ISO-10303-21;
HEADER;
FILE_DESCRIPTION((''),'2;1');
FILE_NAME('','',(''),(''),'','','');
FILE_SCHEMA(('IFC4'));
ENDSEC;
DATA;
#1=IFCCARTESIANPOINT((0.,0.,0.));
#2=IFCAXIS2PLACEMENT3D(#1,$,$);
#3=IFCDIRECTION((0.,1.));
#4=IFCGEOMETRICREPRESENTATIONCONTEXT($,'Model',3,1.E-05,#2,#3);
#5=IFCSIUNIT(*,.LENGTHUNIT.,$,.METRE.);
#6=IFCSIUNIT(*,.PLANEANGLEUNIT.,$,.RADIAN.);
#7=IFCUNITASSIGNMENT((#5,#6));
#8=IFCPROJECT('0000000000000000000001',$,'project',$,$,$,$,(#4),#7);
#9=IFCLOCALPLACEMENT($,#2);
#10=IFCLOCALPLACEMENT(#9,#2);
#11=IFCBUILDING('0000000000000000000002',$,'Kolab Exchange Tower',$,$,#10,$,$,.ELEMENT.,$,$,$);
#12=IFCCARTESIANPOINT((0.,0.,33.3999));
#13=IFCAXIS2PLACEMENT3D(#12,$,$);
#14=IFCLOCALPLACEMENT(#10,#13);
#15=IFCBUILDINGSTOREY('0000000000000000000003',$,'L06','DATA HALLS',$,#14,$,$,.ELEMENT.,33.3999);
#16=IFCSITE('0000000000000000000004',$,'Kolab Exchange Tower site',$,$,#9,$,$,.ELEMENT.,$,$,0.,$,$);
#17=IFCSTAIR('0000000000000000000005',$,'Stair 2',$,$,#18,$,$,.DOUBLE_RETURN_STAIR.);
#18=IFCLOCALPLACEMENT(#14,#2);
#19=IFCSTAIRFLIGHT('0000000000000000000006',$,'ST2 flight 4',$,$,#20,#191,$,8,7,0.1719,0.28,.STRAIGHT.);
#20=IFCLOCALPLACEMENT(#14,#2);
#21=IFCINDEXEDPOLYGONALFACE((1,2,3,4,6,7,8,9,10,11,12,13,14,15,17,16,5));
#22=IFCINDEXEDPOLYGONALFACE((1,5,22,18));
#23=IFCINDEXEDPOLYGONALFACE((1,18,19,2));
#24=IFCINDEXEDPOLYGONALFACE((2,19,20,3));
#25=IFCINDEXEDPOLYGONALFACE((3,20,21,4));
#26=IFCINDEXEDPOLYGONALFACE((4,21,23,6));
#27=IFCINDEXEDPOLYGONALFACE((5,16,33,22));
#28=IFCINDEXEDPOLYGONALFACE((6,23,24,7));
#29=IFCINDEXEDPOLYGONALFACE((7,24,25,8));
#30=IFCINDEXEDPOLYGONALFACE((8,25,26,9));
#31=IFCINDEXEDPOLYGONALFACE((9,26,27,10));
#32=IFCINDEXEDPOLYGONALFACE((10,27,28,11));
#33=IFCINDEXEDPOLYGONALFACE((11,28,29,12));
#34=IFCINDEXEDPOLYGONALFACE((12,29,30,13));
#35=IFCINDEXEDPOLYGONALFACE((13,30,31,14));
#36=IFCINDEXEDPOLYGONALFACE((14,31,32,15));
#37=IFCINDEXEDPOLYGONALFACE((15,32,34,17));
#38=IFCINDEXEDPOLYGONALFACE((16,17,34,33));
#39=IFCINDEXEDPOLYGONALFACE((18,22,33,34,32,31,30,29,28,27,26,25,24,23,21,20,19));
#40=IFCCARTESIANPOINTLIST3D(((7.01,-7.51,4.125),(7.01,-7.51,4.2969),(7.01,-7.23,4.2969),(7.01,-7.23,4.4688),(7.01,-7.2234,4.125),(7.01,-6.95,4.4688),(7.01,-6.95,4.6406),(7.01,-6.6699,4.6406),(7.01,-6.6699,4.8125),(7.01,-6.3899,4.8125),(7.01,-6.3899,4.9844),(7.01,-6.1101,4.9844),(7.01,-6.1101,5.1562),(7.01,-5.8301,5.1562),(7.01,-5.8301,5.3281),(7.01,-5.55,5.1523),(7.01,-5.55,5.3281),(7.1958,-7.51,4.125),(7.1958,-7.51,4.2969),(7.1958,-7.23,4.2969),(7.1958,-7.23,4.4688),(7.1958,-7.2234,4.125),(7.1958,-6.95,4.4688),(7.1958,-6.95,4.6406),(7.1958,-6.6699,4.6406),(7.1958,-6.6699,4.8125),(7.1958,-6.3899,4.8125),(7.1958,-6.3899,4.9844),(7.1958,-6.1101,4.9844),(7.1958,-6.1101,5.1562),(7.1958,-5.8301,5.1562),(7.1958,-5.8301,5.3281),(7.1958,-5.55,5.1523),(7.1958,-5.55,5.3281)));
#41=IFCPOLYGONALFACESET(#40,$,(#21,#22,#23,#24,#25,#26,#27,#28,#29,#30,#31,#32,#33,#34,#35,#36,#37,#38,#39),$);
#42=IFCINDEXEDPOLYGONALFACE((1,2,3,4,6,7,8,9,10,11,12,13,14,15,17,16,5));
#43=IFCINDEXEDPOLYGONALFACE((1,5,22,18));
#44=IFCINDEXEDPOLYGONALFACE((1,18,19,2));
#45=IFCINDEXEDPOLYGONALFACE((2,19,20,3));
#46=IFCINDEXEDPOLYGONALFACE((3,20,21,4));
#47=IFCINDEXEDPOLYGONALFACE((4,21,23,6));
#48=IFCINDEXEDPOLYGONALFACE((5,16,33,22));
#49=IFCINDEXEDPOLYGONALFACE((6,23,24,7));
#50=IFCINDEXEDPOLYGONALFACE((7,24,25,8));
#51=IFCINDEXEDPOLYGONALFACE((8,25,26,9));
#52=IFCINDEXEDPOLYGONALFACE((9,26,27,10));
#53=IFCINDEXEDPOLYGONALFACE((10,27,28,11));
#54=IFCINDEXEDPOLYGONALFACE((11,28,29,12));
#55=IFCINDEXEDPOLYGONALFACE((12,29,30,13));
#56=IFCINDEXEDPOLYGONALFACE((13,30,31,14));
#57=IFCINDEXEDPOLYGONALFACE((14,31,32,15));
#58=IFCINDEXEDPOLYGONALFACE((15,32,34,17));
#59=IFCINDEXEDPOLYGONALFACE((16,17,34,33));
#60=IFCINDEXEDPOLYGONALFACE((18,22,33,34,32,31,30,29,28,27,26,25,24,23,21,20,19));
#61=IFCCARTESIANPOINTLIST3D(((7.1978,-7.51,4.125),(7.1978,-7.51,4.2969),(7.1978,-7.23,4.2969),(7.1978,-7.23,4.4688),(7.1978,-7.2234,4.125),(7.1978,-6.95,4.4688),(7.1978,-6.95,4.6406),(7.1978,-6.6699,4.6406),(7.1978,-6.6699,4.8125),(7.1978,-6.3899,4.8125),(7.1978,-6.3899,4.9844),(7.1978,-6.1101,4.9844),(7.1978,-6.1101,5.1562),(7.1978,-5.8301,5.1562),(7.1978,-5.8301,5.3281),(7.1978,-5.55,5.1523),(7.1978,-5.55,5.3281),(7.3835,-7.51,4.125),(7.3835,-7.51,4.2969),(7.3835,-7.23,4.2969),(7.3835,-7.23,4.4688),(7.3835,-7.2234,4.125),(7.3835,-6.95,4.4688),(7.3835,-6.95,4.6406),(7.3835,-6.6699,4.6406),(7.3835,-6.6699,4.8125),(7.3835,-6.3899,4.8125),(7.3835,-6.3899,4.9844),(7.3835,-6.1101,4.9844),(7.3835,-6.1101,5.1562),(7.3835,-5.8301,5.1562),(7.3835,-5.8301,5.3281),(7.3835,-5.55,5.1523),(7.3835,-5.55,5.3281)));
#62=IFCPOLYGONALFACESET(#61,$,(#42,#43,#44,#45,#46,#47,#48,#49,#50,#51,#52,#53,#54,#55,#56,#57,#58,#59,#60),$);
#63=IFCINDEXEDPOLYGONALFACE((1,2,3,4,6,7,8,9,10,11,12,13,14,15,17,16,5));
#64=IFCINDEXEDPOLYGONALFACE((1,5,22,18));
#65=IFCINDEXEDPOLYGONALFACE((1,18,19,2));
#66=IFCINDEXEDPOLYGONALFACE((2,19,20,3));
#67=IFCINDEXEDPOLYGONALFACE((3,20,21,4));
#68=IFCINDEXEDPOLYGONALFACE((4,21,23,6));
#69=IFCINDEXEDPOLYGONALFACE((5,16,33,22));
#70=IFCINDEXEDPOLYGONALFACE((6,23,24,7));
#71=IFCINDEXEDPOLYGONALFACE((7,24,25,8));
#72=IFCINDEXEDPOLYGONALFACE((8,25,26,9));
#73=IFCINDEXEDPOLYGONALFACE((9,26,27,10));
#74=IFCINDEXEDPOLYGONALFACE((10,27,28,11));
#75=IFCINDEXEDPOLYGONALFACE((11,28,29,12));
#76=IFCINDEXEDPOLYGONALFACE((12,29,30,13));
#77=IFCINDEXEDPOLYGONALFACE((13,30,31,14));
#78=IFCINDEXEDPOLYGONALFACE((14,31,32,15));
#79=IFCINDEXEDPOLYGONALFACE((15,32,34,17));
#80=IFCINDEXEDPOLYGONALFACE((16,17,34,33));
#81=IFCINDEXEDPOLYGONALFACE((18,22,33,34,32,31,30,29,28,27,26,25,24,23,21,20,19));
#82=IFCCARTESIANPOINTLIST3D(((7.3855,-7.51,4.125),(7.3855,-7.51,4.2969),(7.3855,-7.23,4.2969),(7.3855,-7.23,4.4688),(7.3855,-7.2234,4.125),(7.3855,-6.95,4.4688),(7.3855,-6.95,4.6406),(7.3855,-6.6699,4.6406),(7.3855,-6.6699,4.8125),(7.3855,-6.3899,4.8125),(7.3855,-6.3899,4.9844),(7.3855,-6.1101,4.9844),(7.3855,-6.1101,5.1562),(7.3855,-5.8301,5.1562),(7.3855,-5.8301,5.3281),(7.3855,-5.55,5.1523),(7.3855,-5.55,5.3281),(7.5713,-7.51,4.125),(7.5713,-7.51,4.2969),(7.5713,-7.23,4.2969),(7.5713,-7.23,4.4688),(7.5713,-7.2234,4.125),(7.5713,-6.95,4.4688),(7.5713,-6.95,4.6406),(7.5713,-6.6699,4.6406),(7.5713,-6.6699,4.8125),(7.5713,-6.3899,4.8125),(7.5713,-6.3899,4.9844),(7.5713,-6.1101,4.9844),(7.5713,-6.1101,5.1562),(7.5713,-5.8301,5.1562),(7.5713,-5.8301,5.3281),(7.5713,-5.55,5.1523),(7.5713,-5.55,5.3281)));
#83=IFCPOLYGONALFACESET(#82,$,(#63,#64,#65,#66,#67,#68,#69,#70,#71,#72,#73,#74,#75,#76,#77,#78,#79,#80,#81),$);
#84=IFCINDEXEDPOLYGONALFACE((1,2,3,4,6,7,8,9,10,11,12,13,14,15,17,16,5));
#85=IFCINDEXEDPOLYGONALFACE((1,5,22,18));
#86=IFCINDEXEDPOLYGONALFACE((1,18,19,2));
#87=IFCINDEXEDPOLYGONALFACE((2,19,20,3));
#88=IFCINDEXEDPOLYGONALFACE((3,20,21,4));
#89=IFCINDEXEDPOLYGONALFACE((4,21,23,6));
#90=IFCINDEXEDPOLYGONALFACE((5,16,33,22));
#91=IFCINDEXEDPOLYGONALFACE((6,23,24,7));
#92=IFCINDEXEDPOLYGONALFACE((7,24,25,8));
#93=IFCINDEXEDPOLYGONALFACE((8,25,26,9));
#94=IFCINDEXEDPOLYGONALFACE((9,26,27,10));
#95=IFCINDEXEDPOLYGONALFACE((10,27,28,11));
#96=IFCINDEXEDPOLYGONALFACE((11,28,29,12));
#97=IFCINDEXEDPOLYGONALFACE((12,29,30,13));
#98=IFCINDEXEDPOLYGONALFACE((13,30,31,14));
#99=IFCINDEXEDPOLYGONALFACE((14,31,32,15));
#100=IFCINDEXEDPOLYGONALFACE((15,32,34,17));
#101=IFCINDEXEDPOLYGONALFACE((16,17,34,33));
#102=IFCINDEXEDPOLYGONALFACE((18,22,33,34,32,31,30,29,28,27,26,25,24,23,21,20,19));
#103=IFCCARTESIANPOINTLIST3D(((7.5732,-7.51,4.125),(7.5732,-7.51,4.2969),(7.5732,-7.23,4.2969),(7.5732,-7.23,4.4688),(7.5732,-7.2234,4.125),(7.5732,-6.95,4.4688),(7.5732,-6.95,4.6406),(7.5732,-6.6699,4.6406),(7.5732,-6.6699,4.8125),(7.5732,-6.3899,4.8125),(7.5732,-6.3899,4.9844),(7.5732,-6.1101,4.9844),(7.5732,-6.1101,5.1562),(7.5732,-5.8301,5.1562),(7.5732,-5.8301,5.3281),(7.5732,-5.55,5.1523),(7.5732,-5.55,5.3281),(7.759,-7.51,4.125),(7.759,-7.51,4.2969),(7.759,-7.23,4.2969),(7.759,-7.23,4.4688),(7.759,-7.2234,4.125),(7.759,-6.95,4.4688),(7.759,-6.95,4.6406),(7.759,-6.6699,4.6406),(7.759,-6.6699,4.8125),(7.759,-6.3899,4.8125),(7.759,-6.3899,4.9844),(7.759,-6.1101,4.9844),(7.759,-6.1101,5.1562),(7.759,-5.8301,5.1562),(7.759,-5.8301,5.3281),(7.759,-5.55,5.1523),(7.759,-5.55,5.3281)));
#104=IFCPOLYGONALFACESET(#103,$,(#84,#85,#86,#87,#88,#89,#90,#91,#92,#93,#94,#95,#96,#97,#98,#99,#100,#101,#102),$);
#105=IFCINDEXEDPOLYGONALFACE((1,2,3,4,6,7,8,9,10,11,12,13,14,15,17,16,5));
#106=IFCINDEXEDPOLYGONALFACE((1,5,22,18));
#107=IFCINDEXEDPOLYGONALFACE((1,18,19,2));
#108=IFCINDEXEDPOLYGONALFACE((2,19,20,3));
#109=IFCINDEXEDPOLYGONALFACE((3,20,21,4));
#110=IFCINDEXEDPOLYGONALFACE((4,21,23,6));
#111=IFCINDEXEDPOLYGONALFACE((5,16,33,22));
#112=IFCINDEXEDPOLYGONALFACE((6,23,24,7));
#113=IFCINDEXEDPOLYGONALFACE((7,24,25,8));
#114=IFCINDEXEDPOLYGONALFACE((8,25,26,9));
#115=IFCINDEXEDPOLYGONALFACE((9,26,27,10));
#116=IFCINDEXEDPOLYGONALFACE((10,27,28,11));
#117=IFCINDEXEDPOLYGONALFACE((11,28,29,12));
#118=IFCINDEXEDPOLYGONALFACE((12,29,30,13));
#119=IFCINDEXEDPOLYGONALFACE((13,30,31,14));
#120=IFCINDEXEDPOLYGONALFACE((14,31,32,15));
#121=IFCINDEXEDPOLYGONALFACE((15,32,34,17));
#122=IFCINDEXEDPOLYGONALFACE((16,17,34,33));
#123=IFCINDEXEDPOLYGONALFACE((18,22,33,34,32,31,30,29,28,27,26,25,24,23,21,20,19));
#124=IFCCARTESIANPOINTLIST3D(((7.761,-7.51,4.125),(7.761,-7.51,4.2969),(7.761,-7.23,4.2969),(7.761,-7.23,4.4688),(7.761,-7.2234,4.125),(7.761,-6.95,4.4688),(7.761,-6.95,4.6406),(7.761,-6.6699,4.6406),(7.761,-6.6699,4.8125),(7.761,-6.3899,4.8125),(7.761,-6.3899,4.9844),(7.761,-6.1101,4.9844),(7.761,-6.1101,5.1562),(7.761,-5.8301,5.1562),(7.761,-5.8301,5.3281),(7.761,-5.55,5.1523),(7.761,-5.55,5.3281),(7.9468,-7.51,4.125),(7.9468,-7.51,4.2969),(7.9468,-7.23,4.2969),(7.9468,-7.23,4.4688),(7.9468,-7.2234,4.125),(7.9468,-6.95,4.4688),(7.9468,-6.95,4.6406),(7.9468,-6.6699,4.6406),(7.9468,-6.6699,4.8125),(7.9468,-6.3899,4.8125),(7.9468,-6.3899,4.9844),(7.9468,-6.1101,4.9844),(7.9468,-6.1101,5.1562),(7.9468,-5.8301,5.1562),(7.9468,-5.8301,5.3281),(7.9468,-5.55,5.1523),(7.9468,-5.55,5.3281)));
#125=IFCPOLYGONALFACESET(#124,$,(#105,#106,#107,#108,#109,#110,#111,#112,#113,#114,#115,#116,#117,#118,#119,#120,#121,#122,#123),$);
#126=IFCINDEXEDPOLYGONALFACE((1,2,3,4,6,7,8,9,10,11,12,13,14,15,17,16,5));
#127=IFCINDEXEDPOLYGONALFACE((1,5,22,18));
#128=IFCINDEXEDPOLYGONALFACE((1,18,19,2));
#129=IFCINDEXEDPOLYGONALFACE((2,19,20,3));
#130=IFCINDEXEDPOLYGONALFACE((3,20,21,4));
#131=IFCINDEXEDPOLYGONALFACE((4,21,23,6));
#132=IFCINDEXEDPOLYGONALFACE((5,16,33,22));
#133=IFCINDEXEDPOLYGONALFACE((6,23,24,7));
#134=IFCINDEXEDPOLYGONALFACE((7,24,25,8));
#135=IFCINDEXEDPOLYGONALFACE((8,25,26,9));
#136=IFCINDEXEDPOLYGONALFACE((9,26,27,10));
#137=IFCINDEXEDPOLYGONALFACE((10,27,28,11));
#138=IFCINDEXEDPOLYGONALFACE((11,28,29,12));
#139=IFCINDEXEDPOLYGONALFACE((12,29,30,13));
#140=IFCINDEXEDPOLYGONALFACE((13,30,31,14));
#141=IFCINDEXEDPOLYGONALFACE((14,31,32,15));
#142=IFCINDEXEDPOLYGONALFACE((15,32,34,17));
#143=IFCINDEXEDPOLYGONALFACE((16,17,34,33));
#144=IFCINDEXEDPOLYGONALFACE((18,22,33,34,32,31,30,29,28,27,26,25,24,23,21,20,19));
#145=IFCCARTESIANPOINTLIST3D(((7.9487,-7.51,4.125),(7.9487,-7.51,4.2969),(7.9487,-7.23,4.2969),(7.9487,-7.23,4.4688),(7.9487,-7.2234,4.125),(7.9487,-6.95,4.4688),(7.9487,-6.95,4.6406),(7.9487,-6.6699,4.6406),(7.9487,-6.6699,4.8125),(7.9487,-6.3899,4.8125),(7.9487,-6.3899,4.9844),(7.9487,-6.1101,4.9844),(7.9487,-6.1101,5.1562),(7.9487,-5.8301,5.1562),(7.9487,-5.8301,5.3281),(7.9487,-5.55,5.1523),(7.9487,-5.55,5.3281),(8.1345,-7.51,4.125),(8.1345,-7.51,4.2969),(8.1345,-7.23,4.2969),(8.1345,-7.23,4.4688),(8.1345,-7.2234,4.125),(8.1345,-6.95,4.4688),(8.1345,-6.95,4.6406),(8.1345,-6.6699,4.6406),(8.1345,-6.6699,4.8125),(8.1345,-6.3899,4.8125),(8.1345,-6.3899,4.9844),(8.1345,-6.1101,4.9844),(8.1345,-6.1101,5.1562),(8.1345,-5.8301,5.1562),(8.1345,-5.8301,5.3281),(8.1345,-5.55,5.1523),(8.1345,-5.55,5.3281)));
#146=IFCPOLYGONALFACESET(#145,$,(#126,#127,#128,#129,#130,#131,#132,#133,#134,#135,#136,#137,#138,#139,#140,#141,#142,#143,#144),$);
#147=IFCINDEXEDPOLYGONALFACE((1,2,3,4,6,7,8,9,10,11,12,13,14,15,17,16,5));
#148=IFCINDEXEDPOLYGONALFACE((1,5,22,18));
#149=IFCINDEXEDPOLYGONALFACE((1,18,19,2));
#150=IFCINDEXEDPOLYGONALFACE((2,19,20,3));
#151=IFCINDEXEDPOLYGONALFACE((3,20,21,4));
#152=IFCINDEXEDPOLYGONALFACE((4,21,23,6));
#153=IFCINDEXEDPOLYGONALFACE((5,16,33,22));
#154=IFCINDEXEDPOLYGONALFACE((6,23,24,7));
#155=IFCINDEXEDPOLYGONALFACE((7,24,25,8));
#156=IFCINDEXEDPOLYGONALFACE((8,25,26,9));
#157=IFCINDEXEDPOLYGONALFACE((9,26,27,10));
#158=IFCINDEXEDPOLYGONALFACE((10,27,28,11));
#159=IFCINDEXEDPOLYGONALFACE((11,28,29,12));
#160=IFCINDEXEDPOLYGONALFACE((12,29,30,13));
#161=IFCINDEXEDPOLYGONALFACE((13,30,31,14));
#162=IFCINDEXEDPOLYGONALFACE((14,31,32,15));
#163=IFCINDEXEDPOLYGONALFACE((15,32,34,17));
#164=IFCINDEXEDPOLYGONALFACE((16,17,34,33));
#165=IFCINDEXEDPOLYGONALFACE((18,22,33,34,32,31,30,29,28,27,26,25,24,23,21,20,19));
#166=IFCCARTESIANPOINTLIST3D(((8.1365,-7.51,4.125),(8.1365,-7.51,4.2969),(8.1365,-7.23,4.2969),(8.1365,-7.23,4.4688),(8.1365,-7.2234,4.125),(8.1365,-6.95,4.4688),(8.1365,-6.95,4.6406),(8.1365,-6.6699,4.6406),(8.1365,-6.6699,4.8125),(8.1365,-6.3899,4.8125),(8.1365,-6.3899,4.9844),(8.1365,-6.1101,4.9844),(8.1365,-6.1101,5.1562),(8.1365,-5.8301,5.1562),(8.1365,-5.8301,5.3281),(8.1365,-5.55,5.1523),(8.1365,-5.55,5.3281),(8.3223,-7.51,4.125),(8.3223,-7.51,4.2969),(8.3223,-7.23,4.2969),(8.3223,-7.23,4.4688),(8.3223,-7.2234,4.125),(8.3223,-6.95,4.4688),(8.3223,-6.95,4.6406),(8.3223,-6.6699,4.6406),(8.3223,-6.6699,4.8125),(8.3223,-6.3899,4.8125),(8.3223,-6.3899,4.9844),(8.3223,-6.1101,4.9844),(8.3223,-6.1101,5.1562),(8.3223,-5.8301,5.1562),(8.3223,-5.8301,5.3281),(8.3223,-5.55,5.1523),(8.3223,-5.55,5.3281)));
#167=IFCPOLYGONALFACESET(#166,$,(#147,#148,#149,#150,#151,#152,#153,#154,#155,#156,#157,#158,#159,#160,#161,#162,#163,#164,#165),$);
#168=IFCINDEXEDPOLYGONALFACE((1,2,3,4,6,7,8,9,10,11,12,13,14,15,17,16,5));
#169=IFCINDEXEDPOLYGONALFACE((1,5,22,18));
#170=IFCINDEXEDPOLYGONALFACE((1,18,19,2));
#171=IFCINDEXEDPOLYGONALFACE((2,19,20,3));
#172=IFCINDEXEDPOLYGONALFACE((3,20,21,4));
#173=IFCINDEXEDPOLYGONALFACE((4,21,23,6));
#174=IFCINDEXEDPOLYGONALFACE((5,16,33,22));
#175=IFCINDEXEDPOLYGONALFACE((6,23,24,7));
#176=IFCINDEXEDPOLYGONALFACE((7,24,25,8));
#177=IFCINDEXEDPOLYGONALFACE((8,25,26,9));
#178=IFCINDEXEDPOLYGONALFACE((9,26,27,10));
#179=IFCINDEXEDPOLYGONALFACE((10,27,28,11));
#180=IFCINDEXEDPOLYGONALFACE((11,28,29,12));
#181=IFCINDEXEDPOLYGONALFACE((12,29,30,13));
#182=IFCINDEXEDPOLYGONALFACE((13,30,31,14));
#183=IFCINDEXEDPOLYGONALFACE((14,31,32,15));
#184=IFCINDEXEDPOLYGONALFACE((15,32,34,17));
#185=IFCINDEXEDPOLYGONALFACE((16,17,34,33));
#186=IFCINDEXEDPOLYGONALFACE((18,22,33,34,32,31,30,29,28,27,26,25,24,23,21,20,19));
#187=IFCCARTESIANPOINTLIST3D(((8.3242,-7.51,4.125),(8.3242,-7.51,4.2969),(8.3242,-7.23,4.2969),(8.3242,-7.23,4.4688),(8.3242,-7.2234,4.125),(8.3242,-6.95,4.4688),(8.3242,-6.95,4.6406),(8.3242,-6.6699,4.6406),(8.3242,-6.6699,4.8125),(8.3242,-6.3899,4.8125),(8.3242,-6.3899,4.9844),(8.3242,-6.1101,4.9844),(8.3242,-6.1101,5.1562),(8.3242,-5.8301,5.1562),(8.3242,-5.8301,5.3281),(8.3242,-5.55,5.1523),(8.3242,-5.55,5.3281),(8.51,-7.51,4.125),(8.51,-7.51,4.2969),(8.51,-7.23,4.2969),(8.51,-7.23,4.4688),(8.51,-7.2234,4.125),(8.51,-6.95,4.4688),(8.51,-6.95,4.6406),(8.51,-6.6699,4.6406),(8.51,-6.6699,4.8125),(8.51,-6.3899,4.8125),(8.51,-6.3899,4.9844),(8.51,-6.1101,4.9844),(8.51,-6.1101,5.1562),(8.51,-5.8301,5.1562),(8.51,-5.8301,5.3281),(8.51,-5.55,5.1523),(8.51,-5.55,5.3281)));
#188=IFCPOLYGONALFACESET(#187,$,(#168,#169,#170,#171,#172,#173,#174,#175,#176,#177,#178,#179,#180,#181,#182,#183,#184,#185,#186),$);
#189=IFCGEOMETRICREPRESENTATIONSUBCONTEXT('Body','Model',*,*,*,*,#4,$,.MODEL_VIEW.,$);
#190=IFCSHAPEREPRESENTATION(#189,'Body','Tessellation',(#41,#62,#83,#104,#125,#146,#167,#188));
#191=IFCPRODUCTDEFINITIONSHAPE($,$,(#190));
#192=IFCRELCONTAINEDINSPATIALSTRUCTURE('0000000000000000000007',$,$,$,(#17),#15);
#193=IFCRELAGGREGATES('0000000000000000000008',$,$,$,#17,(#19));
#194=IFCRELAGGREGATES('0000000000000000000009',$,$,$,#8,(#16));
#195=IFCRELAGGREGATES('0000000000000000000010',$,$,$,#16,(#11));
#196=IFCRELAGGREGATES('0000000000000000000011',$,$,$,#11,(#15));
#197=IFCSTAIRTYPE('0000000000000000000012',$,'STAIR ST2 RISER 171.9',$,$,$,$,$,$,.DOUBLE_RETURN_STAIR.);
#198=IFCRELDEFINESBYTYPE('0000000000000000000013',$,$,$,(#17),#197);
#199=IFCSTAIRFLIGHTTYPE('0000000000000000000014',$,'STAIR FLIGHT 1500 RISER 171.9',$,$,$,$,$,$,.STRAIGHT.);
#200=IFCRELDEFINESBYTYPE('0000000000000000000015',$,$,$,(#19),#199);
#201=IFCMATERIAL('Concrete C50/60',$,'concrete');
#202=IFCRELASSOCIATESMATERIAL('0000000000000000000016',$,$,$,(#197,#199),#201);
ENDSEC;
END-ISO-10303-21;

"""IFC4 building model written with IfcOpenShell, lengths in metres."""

from ifc_helpers import new_model, si_unit, direction, frame, origin, place, context, subcontext, project, spatial, polyline, outline, extrude, material, type_object, element, aggregate, save


model = new_model("IFC4")

# Units and contexts
model_context = context("Model", 3, precision=1e-05, world=origin(), true_north=direction((0.0, 1.0)))
body_context = subcontext(model_context, "Body", "Model", "MODEL_VIEW")
ifc_project = project(units=[si_unit("LENGTHUNIT", "METRE"), si_unit("PLANEANGLEUNIT", "RADIAN")], contexts=[model_context])

# Site, building, storey
site_placement = place(None, origin())
site = spatial("IfcSite", under=ifc_project, at=site_placement, Name="Kolab Exchange Tower site", CompositionType="ELEMENT", RefElevation=0.0)
building_placement = place(site_placement, origin())
building = spatial("IfcBuilding", under=site, at=building_placement, Name="Kolab Exchange Tower", CompositionType="ELEMENT")
storey_placement = place(building_placement, frame((0.0, 0.0, 33.3999)))
storey = spatial("IfcBuildingStorey", under=building, at=storey_placement, Name="L06", Description="DATA HALLS", CompositionType="ELEMENT", Elevation=33.3999)

# Stair
ifc_material_1 = material(Name="Concrete C50/60", Category="concrete")
stair_type_1 = type_object("IfcStairType", Name="STAIR ST2 RISER 171.9", PredefinedType="DOUBLE_RETURN_STAIR", material=ifc_material_1)
stair_1_placement = place(storey_placement, origin())
stair_1 = element("IfcStair", 1, at=stair_1_placement, inside=storey, type_object=stair_type_1, Name="Stair 2", PredefinedType="DOUBLE_RETURN_STAIR")

# Stair flight
stair_flight_type = type_object("IfcStairFlightType", Name="STAIR FLIGHT 1500 RISER 171.9", PredefinedType="STRAIGHT", material=ifc_material_1)
stair_flight_1_placement = place(storey_placement, frame((7.76, -7.51, 4.125), z_axis=(0.0, 0.0, 1.0), x_axis=(0.0, 1.0, 0.0)))
stair_flight_1 = element("IfcStairFlight", 2, at=stair_flight_1_placement, type_object=stair_flight_type, Name="ST2 flight 4", NumberOfRisers=8, NumberOfTreads=7, PredefinedType="STRAIGHT", RiserHeight=0.1719, TreadLength=0.28, context=body_context, shape_type="SweptSolid", body=[
    extrude(outline(polyline([(0.0, 0.0), (0.0, 0.1719), (0.28, 0.1719), (0.28, 0.3438), (0.5601, 0.3438), (0.5601, 0.5156), (0.8401, 0.5156), (0.8401, 0.6875), (1.1201, 0.6875), (1.1201, 0.8594), (1.3999, 0.8594), (1.3999, 1.0312), (1.6799, 1.0312), (1.6799, 1.2031), (1.96, 1.2031), (1.96, 1.375), (1.96, 1.0273), (0.2866, 0.0), (0.0, 0.0)])), frame((0.0, 0.75, 0.0), z_axis=(0.0, -1.0, 0.0), x_axis=(1.0, 0.0, 0.0)), (0.0, 0.0, 1.0), 0.1858),
    extrude(outline(polyline([(0.0, 0.0), (0.0, 0.1719), (0.28, 0.1719), (0.28, 0.3438), (0.5601, 0.3438), (0.5601, 0.5156), (0.8401, 0.5156), (0.8401, 0.6875), (1.1201, 0.6875), (1.1201, 0.8594), (1.3999, 0.8594), (1.3999, 1.0312), (1.6799, 1.0312), (1.6799, 1.2031), (1.96, 1.2031), (1.96, 1.375), (1.96, 1.0273), (0.2866, 0.0), (0.0, 0.0)])), frame((0.0, 0.5623, 0.0), z_axis=(0.0, -1.0, 0.0), x_axis=(1.0, 0.0, 0.0)), (0.0, 0.0, 1.0), 0.1858),
    extrude(outline(polyline([(0.0, 0.0), (0.0, 0.1719), (0.28, 0.1719), (0.28, 0.3438), (0.5601, 0.3438), (0.5601, 0.5156), (0.8401, 0.5156), (0.8401, 0.6875), (1.1201, 0.6875), (1.1201, 0.8594), (1.3999, 0.8594), (1.3999, 1.0312), (1.6799, 1.0312), (1.6799, 1.2031), (1.96, 1.2031), (1.96, 1.375), (1.96, 1.0273), (0.2866, 0.0), (0.0, 0.0)])), frame((0.0, 0.3745, 0.0), z_axis=(0.0, -1.0, 0.0), x_axis=(1.0, 0.0, 0.0)), (0.0, 0.0, 1.0), 0.1858),
    extrude(outline(polyline([(0.0, 0.0), (0.0, 0.1719), (0.28, 0.1719), (0.28, 0.3438), (0.5601, 0.3438), (0.5601, 0.5156), (0.8401, 0.5156), (0.8401, 0.6875), (1.1201, 0.6875), (1.1201, 0.8594), (1.3999, 0.8594), (1.3999, 1.0312), (1.6799, 1.0312), (1.6799, 1.2031), (1.96, 1.2031), (1.96, 1.375), (1.96, 1.0273), (0.2866, 0.0), (0.0, 0.0)])), frame((0.0, 0.1868, 0.0), z_axis=(0.0, -1.0, 0.0), x_axis=(1.0, 0.0, 0.0)), (0.0, 0.0, 1.0), 0.1858),
    extrude(outline(polyline([(0.0, 0.0), (0.0, 0.1719), (0.28, 0.1719), (0.28, 0.3438), (0.5601, 0.3438), (0.5601, 0.5156), (0.8401, 0.5156), (0.8401, 0.6875), (1.1201, 0.6875), (1.1201, 0.8594), (1.3999, 0.8594), (1.3999, 1.0312), (1.6799, 1.0312), (1.6799, 1.2031), (1.96, 1.2031), (1.96, 1.375), (1.96, 1.0273), (0.2866, 0.0), (0.0, 0.0)])), frame((0.0, -0.001, 0.0), z_axis=(0.0, -1.0, 0.0), x_axis=(1.0, 0.0, 0.0)), (0.0, 0.0, 1.0), 0.1858),
    extrude(outline(polyline([(0.0, 0.0), (0.0, 0.1719), (0.28, 0.1719), (0.28, 0.3438), (0.5601, 0.3438), (0.5601, 0.5156), (0.8401, 0.5156), (0.8401, 0.6875), (1.1201, 0.6875), (1.1201, 0.8594), (1.3999, 0.8594), (1.3999, 1.0312), (1.6799, 1.0312), (1.6799, 1.2031), (1.96, 1.2031), (1.96, 1.375), (1.96, 1.0273), (0.2866, 0.0), (0.0, 0.0)])), frame((0.0, -0.1887, 0.0), z_axis=(0.0, -1.0, 0.0), x_axis=(1.0, 0.0, 0.0)), (0.0, 0.0, 1.0), 0.1858),
    extrude(outline(polyline([(0.0, 0.0), (0.0, 0.1719), (0.28, 0.1719), (0.28, 0.3438), (0.5601, 0.3438), (0.5601, 0.5156), (0.8401, 0.5156), (0.8401, 0.6875), (1.1201, 0.6875), (1.1201, 0.8594), (1.3999, 0.8594), (1.3999, 1.0312), (1.6799, 1.0312), (1.6799, 1.2031), (1.96, 1.2031), (1.96, 1.375), (1.96, 1.0273), (0.2866, 0.0), (0.0, 0.0)])), frame((0.0, -0.3765, 0.0), z_axis=(0.0, -1.0, 0.0), x_axis=(1.0, 0.0, 0.0)), (0.0, 0.0, 1.0), 0.1858),
    extrude(outline(polyline([(0.0, 0.0), (0.0, 0.1719), (0.28, 0.1719), (0.28, 0.3438), (0.5601, 0.3438), (0.5601, 0.5156), (0.8401, 0.5156), (0.8401, 0.6875), (1.1201, 0.6875), (1.1201, 0.8594), (1.3999, 0.8594), (1.3999, 1.0312), (1.6799, 1.0312), (1.6799, 1.2031), (1.96, 1.2031), (1.96, 1.375), (1.96, 1.0273), (0.2866, 0.0), (0.0, 0.0)])), frame((0.0, -0.5642, 0.0), z_axis=(0.0, -1.0, 0.0), x_axis=(1.0, 0.0, 0.0)), (0.0, 0.0, 1.0), 0.1858),
])
aggregate(stair_1, [stair_flight_1])

save(model, "model.ifc")
